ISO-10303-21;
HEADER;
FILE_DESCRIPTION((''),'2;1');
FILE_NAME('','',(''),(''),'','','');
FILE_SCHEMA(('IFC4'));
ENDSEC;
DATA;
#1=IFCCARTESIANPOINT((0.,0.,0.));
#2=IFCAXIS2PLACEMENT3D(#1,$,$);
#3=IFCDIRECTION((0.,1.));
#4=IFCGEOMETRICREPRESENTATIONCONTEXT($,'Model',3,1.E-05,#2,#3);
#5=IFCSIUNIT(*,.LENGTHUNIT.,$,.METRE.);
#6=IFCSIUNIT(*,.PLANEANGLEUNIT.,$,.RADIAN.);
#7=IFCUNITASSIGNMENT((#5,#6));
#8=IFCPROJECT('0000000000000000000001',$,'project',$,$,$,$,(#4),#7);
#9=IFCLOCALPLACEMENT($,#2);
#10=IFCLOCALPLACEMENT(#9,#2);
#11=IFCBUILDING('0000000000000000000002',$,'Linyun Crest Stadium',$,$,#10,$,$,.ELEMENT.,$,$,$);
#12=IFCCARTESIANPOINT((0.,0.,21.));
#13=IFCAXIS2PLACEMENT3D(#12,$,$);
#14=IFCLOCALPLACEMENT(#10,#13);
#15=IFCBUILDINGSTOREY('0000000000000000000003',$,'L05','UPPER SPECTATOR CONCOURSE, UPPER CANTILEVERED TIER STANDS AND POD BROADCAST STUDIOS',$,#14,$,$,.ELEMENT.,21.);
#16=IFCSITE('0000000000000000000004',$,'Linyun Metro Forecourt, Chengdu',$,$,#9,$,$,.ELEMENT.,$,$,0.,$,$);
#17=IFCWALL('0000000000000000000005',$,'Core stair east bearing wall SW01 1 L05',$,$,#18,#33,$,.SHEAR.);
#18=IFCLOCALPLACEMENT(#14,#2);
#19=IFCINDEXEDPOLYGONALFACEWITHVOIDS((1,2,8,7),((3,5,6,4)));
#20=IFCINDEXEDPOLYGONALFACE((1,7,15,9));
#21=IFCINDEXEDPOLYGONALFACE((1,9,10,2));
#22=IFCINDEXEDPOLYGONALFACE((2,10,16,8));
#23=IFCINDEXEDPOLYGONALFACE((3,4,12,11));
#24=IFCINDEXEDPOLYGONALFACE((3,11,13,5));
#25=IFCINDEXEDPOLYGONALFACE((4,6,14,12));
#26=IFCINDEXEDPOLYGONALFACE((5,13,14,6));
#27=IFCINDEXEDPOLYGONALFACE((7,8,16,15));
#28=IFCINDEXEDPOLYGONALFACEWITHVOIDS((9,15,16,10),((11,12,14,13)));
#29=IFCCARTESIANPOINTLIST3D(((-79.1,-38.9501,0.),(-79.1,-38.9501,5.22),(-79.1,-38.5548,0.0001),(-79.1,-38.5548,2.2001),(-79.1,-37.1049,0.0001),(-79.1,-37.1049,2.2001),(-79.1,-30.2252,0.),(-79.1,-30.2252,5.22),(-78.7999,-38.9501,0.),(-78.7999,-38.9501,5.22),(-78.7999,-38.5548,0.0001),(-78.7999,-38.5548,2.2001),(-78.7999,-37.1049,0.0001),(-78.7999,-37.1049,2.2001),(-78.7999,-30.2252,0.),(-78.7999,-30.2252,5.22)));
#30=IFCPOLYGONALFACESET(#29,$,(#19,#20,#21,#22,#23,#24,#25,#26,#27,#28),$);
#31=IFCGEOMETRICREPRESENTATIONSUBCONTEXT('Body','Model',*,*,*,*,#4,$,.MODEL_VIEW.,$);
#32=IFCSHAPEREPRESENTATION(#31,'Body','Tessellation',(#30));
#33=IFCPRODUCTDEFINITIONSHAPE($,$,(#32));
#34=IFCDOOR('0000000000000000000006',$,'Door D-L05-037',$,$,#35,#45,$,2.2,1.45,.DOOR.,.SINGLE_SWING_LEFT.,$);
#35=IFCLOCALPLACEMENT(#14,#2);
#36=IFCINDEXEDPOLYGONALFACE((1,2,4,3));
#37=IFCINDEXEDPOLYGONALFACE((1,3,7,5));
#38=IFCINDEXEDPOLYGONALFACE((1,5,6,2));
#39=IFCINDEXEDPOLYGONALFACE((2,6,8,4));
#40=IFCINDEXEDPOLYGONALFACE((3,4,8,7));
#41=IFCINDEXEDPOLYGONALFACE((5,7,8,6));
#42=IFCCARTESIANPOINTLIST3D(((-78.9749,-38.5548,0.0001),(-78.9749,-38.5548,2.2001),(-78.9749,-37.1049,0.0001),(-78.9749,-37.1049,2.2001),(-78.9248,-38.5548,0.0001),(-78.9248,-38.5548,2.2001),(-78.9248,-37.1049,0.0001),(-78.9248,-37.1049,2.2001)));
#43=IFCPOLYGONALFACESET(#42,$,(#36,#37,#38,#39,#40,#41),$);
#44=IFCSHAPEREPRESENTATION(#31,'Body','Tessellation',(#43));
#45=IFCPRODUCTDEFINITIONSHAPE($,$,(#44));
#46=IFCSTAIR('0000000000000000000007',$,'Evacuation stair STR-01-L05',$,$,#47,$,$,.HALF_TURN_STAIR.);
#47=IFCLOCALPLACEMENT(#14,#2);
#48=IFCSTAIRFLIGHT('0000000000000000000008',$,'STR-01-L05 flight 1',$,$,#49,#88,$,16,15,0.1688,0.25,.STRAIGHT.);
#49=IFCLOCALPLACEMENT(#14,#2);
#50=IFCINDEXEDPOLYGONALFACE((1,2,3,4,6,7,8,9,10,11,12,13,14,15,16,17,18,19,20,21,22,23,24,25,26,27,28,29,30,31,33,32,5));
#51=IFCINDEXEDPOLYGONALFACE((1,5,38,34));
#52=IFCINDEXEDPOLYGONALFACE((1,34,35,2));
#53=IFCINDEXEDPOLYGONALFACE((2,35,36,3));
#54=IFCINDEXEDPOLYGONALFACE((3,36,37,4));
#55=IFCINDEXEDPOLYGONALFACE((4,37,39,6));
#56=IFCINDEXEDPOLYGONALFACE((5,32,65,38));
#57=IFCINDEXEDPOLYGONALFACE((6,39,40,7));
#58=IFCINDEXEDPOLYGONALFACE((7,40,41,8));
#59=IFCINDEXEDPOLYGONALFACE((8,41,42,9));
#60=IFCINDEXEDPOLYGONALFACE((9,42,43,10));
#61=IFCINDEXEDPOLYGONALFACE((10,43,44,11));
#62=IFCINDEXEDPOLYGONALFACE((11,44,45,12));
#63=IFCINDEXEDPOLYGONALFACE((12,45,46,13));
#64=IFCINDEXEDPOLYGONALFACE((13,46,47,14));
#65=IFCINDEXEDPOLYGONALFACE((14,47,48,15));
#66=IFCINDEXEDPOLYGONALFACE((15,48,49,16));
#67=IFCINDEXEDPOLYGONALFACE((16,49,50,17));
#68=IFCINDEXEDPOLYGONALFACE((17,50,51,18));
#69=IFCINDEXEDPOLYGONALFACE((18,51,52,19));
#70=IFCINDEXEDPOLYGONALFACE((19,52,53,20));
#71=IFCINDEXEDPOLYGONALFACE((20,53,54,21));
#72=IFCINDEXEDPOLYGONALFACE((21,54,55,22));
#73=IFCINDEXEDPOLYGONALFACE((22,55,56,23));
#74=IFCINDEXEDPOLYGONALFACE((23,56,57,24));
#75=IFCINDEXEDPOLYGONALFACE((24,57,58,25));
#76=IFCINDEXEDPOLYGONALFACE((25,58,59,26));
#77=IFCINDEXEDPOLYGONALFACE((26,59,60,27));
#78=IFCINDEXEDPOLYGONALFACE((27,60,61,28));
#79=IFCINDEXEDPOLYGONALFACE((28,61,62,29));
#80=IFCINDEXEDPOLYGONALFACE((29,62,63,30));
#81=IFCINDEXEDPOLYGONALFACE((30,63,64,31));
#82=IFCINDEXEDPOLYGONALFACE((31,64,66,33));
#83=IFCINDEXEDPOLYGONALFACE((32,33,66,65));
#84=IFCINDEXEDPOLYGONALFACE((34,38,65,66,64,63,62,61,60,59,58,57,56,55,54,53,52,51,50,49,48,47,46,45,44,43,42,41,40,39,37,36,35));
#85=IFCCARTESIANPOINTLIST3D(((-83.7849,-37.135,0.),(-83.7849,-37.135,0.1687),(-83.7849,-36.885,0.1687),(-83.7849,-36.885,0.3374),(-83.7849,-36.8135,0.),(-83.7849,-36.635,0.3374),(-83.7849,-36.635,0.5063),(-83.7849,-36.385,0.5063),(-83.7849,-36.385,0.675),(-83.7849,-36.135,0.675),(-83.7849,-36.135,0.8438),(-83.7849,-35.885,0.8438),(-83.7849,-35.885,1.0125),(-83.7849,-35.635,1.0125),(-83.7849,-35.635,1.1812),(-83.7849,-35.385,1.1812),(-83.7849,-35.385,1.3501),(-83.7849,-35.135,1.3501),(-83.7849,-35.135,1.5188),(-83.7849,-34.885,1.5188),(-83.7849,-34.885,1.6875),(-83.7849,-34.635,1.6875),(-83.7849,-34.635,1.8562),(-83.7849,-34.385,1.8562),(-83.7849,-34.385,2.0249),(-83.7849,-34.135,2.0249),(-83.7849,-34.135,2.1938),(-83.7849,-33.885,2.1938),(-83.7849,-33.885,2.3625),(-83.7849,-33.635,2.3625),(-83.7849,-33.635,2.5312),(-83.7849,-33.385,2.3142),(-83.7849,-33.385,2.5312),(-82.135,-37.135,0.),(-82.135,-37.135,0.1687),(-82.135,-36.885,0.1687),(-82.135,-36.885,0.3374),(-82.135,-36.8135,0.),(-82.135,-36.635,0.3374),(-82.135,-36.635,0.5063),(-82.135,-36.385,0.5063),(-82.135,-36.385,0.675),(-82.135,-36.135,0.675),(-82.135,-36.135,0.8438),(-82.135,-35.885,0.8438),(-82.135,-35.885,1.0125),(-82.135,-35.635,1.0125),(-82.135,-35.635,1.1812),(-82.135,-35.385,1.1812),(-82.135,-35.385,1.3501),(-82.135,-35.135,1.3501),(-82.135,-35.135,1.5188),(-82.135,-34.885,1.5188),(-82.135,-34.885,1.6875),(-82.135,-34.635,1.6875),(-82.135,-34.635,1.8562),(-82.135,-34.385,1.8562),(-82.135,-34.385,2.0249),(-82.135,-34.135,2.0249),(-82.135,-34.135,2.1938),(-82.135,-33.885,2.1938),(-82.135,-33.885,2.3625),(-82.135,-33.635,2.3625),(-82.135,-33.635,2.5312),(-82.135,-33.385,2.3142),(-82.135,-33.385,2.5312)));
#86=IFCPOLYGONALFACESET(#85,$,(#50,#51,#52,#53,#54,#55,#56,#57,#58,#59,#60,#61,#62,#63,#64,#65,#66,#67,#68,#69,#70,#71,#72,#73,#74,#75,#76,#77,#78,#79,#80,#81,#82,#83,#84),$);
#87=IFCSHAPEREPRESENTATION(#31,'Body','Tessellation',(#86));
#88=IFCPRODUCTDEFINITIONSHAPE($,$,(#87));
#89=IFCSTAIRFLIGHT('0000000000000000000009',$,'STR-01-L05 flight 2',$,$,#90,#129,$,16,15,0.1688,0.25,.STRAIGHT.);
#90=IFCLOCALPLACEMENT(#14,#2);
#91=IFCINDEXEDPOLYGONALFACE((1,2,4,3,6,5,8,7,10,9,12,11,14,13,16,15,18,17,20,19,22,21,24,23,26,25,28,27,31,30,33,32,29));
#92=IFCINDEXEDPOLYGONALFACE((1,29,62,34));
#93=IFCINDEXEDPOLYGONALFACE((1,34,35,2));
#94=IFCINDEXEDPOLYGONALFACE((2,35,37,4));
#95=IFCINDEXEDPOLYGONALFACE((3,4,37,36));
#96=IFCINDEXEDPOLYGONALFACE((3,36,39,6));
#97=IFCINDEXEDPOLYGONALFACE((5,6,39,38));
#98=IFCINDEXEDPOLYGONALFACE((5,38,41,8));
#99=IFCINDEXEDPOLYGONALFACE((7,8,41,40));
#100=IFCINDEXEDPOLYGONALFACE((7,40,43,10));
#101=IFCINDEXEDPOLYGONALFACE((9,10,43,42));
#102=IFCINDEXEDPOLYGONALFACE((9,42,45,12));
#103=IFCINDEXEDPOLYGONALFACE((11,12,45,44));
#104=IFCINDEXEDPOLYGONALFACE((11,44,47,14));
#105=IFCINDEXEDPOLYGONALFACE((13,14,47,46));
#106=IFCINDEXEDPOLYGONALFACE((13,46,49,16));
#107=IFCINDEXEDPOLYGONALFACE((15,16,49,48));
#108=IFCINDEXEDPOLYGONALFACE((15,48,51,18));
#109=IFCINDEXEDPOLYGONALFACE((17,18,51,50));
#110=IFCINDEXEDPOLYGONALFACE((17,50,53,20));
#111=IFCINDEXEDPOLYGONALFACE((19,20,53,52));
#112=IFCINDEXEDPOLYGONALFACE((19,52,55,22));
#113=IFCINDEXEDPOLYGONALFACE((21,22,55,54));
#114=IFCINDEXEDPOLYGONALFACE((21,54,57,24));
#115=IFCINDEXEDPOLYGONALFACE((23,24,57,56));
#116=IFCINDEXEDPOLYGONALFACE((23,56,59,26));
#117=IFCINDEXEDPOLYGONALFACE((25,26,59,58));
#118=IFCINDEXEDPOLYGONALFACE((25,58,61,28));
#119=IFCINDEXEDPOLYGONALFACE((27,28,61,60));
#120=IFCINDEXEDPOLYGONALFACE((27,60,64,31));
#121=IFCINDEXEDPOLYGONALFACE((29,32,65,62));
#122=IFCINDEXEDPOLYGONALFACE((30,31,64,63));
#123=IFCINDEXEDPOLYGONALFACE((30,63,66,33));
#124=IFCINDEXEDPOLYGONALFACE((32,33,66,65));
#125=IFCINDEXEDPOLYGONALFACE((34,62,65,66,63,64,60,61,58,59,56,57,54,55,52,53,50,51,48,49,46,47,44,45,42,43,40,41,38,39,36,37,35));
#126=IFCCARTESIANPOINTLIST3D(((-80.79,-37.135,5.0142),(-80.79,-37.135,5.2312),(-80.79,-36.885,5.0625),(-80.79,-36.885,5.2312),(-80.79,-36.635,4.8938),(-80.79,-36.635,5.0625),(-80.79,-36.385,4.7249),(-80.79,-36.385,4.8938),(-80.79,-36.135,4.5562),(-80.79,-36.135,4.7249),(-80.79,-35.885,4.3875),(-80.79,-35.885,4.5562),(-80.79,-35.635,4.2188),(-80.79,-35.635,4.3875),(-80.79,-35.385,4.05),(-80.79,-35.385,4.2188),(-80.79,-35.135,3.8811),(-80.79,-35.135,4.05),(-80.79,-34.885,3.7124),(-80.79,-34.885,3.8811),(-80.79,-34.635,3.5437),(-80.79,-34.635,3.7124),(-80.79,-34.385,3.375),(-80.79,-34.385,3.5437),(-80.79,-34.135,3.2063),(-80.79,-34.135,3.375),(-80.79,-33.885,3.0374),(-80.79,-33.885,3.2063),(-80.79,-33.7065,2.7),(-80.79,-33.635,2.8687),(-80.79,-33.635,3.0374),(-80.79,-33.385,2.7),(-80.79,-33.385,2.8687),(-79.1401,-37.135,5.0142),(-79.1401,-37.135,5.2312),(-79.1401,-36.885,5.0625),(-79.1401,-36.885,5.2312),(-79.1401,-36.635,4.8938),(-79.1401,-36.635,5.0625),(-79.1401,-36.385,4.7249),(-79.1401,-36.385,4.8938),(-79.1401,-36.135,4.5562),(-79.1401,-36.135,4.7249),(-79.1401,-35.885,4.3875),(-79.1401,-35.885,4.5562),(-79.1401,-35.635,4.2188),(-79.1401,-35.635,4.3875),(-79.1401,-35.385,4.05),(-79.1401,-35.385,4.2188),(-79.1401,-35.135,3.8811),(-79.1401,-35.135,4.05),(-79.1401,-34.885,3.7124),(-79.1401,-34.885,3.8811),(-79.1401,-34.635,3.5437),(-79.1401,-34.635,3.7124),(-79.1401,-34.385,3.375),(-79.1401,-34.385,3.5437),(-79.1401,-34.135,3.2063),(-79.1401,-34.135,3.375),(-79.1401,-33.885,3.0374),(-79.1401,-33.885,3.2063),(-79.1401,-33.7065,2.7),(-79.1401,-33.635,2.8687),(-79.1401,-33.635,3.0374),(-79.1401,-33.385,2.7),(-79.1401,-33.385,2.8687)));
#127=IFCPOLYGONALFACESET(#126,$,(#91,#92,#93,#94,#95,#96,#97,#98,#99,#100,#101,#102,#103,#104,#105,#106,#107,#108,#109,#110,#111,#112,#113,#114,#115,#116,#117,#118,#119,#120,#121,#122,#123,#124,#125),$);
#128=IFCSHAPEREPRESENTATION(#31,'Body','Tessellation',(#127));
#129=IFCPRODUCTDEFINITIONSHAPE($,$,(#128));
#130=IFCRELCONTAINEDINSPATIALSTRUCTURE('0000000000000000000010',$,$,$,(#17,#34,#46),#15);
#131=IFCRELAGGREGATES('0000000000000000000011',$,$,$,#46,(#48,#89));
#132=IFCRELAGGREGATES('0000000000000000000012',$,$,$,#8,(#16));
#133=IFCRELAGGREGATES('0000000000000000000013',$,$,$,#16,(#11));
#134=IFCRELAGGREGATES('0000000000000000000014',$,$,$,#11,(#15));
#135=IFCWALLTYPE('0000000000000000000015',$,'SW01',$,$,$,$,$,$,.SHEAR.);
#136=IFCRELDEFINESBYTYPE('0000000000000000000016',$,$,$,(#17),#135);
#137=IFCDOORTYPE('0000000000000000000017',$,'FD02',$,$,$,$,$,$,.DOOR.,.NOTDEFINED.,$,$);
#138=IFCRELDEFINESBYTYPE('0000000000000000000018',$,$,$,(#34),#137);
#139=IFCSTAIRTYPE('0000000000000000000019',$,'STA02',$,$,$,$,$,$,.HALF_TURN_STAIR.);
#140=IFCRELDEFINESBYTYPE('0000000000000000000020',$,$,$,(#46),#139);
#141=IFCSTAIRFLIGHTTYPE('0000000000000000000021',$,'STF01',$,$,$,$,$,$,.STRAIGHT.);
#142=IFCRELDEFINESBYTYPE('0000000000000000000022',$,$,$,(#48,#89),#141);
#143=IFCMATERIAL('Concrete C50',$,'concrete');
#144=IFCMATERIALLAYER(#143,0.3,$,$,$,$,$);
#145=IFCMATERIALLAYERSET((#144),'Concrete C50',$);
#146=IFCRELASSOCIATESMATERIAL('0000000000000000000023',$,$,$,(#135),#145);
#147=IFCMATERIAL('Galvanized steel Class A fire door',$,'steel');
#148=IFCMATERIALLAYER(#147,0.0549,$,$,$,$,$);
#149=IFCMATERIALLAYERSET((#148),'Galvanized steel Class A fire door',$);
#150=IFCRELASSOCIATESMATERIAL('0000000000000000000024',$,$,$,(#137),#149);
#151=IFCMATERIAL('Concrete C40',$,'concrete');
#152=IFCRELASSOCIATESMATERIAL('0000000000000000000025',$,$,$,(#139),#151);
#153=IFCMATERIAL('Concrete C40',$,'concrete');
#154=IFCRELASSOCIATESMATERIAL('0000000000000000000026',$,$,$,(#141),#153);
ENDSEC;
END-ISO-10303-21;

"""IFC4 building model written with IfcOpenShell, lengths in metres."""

from ifc_helpers import new_model, si_unit, direction, frame, frame_2d, origin, place, context, subcontext, project, spatial, polyline, rectangle, outline, extrude, material, layer, layer_set, type_object, element, fill, aggregate, save


model = new_model("IFC4")

# Units and contexts
model_context = context("Model", 3, precision=1e-05, world=origin(), true_north=direction((0.0, 1.0)))
body_context = subcontext(model_context, "Body", "Model", "MODEL_VIEW")
ifc_project = project(units=[si_unit("LENGTHUNIT", "METRE"), si_unit("PLANEANGLEUNIT", "RADIAN")], contexts=[model_context])

# Site, building, storey
site_placement = place(None, origin())
site = spatial("IfcSite", under=ifc_project, at=site_placement, Name="Linyun Metro Forecourt, Chengdu", CompositionType="ELEMENT", RefElevation=0.0)
building_placement = place(site_placement, origin())
building = spatial("IfcBuilding", under=site, at=building_placement, Name="Linyun Crest Stadium", CompositionType="ELEMENT")
storey_placement = place(building_placement, frame((0.0, 0.0, 21.0)))
storey = spatial("IfcBuildingStorey", under=building, at=storey_placement, Name="L05", Description="UPPER SPECTATOR CONCOURSE, UPPER CANTILEVERED TIER STANDS AND POD BROADCAST STUDIOS", CompositionType="ELEMENT", Elevation=21.0)

# Wall, opening, door
ifc_material_1 = material(Name="Concrete C50", Category="concrete")
ifc_layer_1 = layer(ifc_material_1, 0.3)
ifc_layer_set_1 = layer_set([ifc_layer_1], Name="Concrete C50")
wall_type_1 = type_object("IfcWallType", Name="SW01", PredefinedType="SHEAR", material=ifc_layer_set_1)
wall_1_placement = place(storey_placement, frame((-78.95, -38.95, 0.0), z_axis=(0.0, 0.0, 1.0), x_axis=(0.0, 1.0, 0.0)))
wall_1 = element("IfcWall", 1, at=wall_1_placement, inside=storey, type_object=wall_type_1, Name="Core stair east bearing wall SW01 1 L05", PredefinedType="SHEAR", context=body_context, shape_type="SweptSolid", body=[
    extrude(rectangle(XDim=8.7249, YDim=0.3, at=frame_2d((4.3623, 0.0))), origin(), (0.0, 0.0, 1.0), 5.22),
])
opening_1_placement = place(wall_1_placement, frame((0.395, 0.0, 0.0)))
opening_1 = element("IfcOpeningElement", 2, at=opening_1_placement, cuts=wall_1, PredefinedType="OPENING", context=body_context, shape_type="SweptSolid", body=[
    extrude(rectangle(XDim=1.45, YDim=2.2, at=frame_2d((0.7251, 1.1001))), frame((0.0, 0.1599, 0.0), z_axis=(0.0, -1.0, 0.0), x_axis=(1.0, 0.0, 0.0)), (0.0, 0.0, 1.0), 0.3201),
])
ifc_material_2 = material(Name="Galvanized steel Class A fire door", Category="steel")
ifc_layer_2 = layer(ifc_material_2, 0.0549)
ifc_layer_set_2 = layer_set([ifc_layer_2], Name="Galvanized steel Class A fire door")
door_type_1 = type_object("IfcDoorType", Name="FD02", OperationType="NOTDEFINED", PredefinedType="DOOR", material=ifc_layer_set_2)
door_1_placement = place(opening_1_placement, origin())
door_1 = element("IfcDoor", 3, at=door_1_placement, inside=storey, type_object=door_type_1, Name="Door D-L05-037", OperationType="SINGLE_SWING_LEFT", OverallHeight=2.2, OverallWidth=1.45, PredefinedType="DOOR", context=body_context, shape_type="SweptSolid", body=[
    extrude(rectangle(XDim=1.45, YDim=2.2, at=frame_2d((0.7251, 1.1001))), frame((0.0, 0.0249, 0.0), z_axis=(0.0, -1.0, 0.0), x_axis=(1.0, 0.0, 0.0)), (0.0, 0.0, 1.0), 0.05),
])
fill(opening_1, door_1)

# Stair, stair flights
ifc_material_3 = material(Name="Concrete C40", Category="concrete")
stair_type = type_object("IfcStairType", Name="STA02", PredefinedType="HALF_TURN_STAIR", material=ifc_material_3)
stair_placement = place(storey_placement, origin())
stair = element("IfcStair", 4, at=stair_placement, inside=storey, type_object=stair_type, Name="Evacuation stair STR-01-L05", PredefinedType="HALF_TURN_STAIR")
ifc_material_4 = material(Name="Concrete C40", Category="concrete")
stair_flight_type = type_object("IfcStairFlightType", Name="STF01", PredefinedType="STRAIGHT", material=ifc_material_4)
stair_flight_1_placement = place(storey_placement, frame((-82.96, -37.135, 0.0), z_axis=(0.0, 0.0, 1.0), x_axis=(0.0, 1.0, 0.0)))
stair_flight_1 = element("IfcStairFlight", 5, at=stair_flight_1_placement, type_object=stair_flight_type, Name="STR-01-L05 flight 1", NumberOfRisers=16, NumberOfTreads=15, PredefinedType="STRAIGHT", RiserHeight=0.1688, TreadLength=0.25, context=body_context, shape_type="SweptSolid", body=[
    extrude(outline(polyline([(0.0, 0.0), (0.0, 0.1687), (0.25, 0.1687), (0.25, 0.3374), (0.5, 0.3374), (0.5, 0.5063), (0.75, 0.5063), (0.75, 0.675), (1.0, 0.675), (1.0, 0.8438), (1.25, 0.8438), (1.25, 1.0125), (1.5, 1.0125), (1.5, 1.1812), (1.75, 1.1812), (1.75, 1.3501), (2.0, 1.3501), (2.0, 1.5188), (2.25, 1.5188), (2.25, 1.6875), (2.5, 1.6875), (2.5, 1.8562), (2.75, 1.8562), (2.75, 2.0249), (3.0, 2.0249), (3.0, 2.1938), (3.25, 2.1938), (3.25, 2.3625), (3.5, 2.3625), (3.5, 2.5312), (3.75, 2.5312), (3.75, 2.7), (3.75, 2.3142), (0.3215, 0.0), (0.0, 0.0)])), frame((0.0, 0.825, 0.0), z_axis=(0.0, -1.0, 0.0), x_axis=(1.0, 0.0, 0.0)), (0.0, 0.0, 1.0), 1.6499),
])
stair_flight_2_placement = place(storey_placement, frame((-79.9651, -33.385, 2.7), z_axis=(0.0, 0.0, 1.0), x_axis=(0.0, -1.0, 0.0)))
stair_flight_2 = element("IfcStairFlight", 6, at=stair_flight_2_placement, type_object=stair_flight_type, Name="STR-01-L05 flight 2", NumberOfRisers=16, NumberOfTreads=15, PredefinedType="STRAIGHT", RiserHeight=0.1688, TreadLength=0.25, context=body_context, shape_type="SweptSolid", body=[
    extrude(outline(polyline([(0.0, 0.0), (0.0, 0.1687), (0.25, 0.1687), (0.25, 0.3374), (0.5, 0.3374), (0.5, 0.5063), (0.75, 0.5063), (0.75, 0.675), (1.0, 0.675), (1.0, 0.8438), (1.25, 0.8438), (1.25, 1.0125), (1.5, 1.0125), (1.5, 1.1812), (1.75, 1.1812), (1.75, 1.3501), (2.0, 1.3501), (2.0, 1.5188), (2.25, 1.5188), (2.25, 1.6875), (2.5, 1.6875), (2.5, 1.8562), (2.75, 1.8562), (2.75, 2.0249), (3.0, 2.0249), (3.0, 2.1938), (3.25, 2.1938), (3.25, 2.3625), (3.5, 2.3625), (3.5, 2.5312), (3.75, 2.5312), (3.75, 2.7), (3.75, 2.3142), (0.3215, 0.0), (0.0, 0.0)])), frame((0.0, 0.825, 0.0), z_axis=(0.0, -1.0, 0.0), x_axis=(1.0, 0.0, 0.0)), (0.0, 0.0, 1.0), 1.6499),
])
aggregate(stair, [stair_flight_1, stair_flight_2])

save(model, "model.ifc")
